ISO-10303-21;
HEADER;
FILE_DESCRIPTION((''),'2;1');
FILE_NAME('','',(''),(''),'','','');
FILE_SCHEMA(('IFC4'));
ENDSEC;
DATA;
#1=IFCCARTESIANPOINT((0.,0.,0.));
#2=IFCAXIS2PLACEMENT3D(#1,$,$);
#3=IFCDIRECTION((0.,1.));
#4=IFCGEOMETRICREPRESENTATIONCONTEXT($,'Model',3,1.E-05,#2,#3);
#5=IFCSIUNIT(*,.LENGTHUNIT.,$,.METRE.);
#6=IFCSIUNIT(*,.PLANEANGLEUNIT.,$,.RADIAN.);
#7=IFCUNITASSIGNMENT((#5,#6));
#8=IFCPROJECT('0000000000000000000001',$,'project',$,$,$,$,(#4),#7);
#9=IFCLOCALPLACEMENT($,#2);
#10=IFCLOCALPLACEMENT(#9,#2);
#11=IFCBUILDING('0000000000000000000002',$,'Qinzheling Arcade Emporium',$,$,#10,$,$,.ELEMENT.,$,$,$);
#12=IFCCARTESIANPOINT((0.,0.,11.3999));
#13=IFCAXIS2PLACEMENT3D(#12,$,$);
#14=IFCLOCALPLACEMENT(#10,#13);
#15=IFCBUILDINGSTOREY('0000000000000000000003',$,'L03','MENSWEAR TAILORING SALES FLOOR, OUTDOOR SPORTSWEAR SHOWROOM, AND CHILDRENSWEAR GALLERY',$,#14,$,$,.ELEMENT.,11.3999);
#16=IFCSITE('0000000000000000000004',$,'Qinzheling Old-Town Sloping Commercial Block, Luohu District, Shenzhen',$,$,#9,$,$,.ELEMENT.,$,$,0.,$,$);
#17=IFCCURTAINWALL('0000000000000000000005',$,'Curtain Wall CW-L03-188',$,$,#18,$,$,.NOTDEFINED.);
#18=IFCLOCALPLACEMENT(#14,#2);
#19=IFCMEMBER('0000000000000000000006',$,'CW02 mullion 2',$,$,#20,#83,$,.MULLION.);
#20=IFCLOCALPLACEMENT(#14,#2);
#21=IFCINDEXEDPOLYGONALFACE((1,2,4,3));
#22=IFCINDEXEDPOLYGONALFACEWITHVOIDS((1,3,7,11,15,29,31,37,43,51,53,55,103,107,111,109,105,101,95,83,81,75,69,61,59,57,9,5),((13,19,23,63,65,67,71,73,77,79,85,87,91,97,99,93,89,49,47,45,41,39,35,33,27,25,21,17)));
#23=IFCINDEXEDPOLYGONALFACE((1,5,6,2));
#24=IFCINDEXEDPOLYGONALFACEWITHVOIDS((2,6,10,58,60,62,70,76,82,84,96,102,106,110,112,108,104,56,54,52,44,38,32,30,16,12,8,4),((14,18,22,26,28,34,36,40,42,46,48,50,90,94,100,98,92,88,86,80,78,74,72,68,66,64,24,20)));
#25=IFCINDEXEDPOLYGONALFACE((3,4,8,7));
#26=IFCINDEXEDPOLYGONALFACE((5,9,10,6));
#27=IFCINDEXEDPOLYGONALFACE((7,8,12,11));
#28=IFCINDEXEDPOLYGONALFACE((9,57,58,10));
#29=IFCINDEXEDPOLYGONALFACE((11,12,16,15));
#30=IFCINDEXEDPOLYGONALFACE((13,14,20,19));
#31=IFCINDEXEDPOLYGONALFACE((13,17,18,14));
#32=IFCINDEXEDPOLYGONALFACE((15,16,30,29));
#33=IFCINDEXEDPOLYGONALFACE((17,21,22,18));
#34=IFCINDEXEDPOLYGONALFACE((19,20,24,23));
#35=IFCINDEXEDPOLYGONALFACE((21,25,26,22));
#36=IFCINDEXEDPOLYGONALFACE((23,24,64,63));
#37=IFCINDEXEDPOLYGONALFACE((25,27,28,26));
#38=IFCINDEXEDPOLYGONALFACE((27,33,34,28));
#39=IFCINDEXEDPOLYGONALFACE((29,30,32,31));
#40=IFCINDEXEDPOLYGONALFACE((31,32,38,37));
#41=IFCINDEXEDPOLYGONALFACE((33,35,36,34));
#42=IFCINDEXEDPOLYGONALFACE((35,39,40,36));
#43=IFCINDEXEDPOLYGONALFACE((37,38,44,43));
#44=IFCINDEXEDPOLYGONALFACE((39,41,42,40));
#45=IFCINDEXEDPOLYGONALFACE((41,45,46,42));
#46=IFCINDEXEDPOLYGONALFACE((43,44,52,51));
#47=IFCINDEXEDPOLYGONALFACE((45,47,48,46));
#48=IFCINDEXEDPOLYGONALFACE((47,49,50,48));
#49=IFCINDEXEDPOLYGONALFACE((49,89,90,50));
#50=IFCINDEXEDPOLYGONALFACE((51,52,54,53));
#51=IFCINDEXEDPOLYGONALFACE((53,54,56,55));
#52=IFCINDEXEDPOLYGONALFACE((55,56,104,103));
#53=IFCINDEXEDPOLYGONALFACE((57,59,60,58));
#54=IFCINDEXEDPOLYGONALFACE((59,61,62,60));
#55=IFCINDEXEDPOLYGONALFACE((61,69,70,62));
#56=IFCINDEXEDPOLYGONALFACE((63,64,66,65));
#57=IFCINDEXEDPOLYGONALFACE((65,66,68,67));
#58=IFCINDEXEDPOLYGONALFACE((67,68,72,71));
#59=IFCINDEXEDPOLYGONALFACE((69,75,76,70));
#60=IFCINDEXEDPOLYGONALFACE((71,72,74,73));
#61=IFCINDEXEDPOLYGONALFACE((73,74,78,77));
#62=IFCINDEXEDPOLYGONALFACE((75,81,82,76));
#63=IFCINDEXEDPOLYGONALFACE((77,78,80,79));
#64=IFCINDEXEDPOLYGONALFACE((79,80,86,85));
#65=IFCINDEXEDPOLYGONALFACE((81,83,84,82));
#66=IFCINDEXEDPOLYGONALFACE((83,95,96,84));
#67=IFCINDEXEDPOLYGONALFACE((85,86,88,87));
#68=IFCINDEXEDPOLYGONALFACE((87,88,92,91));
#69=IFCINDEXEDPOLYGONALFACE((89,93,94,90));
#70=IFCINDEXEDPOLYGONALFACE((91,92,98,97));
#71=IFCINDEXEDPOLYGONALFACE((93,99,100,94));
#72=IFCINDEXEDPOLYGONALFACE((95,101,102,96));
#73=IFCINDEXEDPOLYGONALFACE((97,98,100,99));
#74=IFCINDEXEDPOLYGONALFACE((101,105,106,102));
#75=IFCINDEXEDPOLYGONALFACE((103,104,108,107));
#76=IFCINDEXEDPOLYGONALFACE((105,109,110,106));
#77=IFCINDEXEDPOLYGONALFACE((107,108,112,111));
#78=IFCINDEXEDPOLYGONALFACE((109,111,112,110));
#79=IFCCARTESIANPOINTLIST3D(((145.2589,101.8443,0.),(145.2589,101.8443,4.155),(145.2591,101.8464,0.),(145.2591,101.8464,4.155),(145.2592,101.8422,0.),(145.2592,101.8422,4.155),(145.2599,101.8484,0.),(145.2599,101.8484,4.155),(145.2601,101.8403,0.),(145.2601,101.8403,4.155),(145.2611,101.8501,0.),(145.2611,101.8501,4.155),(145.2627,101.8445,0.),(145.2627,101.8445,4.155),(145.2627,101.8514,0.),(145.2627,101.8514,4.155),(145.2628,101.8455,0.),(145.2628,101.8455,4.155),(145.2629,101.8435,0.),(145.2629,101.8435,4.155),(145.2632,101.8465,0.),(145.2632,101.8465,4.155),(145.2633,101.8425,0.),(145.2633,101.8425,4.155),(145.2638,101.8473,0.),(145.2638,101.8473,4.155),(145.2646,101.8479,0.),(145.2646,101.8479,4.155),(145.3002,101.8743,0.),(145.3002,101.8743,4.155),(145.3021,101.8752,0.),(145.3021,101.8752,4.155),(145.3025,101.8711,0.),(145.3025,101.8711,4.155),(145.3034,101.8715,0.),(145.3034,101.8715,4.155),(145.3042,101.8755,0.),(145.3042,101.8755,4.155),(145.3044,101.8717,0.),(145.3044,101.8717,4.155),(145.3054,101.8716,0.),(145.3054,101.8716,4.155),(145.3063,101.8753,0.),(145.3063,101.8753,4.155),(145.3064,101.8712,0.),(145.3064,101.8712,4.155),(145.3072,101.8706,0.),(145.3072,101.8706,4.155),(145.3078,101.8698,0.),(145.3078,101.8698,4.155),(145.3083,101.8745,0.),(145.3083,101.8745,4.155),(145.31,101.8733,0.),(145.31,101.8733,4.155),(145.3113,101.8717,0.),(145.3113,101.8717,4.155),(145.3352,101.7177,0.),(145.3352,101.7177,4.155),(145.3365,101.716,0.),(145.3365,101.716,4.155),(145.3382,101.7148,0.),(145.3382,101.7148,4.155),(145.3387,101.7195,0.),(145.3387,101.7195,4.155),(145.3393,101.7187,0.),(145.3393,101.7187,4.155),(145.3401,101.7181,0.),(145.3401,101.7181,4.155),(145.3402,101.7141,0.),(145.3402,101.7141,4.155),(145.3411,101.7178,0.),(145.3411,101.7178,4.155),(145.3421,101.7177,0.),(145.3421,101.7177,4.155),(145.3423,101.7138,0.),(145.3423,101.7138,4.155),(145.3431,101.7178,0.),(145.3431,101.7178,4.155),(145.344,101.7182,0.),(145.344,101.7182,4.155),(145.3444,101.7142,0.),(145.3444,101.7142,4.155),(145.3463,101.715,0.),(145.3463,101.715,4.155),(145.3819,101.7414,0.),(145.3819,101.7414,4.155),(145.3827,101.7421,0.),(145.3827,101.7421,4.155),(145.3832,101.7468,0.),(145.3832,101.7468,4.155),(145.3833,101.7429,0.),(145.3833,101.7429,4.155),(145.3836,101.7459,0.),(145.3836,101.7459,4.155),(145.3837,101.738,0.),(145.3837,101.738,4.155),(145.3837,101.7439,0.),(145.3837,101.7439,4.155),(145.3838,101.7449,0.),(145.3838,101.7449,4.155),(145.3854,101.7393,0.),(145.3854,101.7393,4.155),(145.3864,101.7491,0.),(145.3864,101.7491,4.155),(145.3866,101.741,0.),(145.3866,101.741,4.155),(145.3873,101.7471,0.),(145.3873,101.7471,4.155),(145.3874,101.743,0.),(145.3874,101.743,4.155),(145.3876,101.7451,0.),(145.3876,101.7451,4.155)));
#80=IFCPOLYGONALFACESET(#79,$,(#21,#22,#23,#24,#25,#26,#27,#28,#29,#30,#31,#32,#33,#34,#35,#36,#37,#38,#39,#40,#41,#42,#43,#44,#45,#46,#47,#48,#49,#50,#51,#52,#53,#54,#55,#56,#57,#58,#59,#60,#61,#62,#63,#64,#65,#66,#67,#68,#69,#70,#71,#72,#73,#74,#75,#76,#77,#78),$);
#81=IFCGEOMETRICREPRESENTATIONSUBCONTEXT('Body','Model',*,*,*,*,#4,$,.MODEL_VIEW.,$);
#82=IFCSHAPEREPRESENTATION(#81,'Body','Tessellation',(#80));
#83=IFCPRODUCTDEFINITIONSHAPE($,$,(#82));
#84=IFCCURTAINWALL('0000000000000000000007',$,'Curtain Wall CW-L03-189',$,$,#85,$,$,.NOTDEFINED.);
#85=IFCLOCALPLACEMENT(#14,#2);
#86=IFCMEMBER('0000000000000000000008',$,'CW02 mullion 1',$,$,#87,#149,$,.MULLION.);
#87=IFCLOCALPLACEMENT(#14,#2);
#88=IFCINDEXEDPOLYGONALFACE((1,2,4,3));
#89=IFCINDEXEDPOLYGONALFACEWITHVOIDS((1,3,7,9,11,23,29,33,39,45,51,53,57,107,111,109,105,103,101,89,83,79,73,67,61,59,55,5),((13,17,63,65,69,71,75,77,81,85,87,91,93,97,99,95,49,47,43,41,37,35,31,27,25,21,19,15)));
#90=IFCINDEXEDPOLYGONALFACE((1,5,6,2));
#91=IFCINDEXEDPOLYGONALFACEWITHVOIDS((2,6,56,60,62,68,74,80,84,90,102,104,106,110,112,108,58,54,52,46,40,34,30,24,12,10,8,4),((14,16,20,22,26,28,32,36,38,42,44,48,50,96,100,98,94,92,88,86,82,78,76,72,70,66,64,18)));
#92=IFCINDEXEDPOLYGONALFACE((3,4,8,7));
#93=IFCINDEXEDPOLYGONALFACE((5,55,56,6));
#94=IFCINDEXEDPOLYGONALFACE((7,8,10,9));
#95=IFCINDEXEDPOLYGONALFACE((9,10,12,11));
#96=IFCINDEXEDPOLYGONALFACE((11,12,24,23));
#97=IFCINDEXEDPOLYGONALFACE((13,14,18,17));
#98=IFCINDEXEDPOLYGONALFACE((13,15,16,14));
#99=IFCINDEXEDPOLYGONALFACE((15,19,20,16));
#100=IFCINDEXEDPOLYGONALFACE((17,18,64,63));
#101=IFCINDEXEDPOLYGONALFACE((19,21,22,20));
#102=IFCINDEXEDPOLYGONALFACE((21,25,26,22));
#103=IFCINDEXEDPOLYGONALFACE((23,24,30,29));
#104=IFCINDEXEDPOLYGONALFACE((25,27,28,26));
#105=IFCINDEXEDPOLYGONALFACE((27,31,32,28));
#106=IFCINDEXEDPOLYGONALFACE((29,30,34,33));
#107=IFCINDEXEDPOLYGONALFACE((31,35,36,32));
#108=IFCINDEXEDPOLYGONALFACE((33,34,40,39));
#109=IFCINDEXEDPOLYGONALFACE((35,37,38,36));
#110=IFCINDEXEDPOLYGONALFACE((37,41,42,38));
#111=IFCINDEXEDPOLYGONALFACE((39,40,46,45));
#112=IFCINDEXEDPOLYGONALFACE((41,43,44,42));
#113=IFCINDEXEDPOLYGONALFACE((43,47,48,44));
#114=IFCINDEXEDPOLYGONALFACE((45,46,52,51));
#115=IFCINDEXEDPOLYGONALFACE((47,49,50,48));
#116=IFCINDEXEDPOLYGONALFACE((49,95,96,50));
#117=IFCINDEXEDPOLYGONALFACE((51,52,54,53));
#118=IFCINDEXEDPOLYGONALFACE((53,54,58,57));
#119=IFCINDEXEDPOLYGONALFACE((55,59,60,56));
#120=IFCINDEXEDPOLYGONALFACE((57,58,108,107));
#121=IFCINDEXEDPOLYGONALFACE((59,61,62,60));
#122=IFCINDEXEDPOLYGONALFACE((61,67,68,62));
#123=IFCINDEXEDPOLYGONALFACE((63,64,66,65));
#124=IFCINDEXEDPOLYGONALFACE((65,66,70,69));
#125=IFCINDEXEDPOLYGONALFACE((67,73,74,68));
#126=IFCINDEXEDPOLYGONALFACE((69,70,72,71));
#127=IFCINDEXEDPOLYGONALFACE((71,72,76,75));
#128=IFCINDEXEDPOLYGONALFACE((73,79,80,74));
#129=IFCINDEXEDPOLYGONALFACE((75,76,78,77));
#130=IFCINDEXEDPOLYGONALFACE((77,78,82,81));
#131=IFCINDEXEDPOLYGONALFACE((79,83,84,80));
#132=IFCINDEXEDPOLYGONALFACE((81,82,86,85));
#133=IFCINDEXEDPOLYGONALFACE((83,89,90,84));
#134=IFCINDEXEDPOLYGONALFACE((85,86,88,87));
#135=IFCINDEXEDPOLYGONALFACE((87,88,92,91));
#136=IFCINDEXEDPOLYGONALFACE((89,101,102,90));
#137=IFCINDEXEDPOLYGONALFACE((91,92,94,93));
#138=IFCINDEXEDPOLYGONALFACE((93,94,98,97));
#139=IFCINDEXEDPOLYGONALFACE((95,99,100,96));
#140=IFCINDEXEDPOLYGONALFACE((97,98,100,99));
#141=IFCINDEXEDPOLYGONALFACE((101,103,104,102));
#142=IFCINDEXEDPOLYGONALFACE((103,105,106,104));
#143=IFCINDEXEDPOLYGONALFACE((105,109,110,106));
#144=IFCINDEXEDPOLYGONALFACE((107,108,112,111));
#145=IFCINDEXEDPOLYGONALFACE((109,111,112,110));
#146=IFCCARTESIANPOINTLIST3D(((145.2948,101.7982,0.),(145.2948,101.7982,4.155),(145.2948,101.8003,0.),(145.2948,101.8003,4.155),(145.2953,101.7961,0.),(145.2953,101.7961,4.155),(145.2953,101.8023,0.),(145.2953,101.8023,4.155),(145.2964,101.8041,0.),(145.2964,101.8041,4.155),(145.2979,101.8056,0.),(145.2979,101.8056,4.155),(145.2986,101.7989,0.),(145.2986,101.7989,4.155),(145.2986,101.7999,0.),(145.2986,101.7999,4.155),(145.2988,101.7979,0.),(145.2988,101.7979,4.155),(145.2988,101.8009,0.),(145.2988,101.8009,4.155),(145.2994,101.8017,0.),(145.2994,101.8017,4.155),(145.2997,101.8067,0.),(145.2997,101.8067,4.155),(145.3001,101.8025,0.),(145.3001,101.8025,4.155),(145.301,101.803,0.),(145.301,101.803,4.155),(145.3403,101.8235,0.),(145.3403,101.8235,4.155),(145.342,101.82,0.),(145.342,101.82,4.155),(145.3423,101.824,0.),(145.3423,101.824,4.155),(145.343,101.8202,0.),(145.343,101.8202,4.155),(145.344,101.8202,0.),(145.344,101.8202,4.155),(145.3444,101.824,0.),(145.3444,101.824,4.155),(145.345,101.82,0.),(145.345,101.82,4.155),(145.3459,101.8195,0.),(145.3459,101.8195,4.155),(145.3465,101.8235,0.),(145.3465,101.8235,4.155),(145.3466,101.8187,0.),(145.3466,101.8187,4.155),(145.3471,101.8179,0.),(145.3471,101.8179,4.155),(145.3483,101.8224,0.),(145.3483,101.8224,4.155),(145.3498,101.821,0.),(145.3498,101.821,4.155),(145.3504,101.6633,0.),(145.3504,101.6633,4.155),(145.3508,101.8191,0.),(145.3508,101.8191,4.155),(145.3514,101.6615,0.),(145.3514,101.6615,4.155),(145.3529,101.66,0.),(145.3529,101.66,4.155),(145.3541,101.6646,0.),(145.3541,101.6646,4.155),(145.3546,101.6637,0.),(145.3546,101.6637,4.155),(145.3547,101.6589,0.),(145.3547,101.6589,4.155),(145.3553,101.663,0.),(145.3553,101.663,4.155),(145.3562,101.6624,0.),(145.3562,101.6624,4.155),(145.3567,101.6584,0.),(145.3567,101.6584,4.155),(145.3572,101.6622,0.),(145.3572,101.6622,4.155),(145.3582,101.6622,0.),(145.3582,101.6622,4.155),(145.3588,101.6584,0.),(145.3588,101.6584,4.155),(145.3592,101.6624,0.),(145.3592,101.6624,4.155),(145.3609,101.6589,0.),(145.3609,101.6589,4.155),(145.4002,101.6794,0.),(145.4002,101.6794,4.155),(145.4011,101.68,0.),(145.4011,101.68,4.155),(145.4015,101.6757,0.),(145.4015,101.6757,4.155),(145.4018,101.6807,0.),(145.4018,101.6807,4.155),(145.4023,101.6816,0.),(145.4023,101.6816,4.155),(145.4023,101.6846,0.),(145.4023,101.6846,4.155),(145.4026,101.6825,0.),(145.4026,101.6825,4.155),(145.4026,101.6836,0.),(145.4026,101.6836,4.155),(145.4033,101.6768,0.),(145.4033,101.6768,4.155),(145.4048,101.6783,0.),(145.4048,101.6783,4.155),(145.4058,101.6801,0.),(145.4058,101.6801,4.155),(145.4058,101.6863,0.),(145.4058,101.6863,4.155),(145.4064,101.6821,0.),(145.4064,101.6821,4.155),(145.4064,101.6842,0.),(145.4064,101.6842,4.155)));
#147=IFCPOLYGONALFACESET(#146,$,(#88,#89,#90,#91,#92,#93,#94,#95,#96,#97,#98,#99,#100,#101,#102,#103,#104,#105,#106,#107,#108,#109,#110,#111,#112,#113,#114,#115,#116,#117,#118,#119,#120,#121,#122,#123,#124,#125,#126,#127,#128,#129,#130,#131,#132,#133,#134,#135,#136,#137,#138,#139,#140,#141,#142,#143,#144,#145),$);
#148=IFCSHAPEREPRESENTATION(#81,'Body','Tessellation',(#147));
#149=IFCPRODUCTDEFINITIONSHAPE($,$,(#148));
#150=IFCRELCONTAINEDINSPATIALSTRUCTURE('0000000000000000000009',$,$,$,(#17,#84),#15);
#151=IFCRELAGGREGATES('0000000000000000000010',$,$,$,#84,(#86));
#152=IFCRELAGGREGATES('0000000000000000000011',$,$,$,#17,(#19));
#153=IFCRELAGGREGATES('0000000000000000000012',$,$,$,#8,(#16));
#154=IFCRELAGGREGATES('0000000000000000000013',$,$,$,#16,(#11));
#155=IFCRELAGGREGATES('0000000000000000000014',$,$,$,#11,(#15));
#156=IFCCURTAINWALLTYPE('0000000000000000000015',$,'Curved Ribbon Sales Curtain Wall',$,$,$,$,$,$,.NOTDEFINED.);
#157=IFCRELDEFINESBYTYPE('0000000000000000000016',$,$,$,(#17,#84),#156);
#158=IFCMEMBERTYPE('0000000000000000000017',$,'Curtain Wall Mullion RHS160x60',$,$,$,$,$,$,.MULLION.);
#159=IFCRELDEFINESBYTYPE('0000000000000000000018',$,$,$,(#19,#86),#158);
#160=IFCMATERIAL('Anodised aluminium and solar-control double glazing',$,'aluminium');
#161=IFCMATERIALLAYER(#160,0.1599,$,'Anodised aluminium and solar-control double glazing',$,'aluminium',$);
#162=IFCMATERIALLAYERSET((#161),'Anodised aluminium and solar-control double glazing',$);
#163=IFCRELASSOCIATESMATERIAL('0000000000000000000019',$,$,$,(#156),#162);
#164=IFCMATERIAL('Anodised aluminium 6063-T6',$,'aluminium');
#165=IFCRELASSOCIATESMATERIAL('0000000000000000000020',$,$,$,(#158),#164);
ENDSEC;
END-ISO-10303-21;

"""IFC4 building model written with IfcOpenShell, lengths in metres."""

from ifc_helpers import new_model, si_unit, direction, frame, origin, origin_2d, place, context, subcontext, project, spatial, hollow_rectangle, extrude, material, layer, layer_set, material_profile, profile_set, type_object, element, aggregate, save


model = new_model("IFC4")

# Units and contexts
model_context = context("Model", 3, precision=1e-05, world=origin(), true_north=direction((0.0, 1.0)))
body_context = subcontext(model_context, "Body", "Model", "MODEL_VIEW")
ifc_project = project(units=[si_unit("LENGTHUNIT", "METRE"), si_unit("PLANEANGLEUNIT", "RADIAN")], contexts=[model_context])

# Site, building, storey
site_placement = place(None, origin())
site = spatial("IfcSite", under=ifc_project, at=site_placement, Name="Qinzheling Old-Town Sloping Commercial Block, Luohu District, Shenzhen", CompositionType="ELEMENT", RefElevation=0.0)
building_placement = place(site_placement, origin())
building = spatial("IfcBuilding", under=site, at=building_placement, Name="Qinzheling Arcade Emporium", CompositionType="ELEMENT")
storey_placement = place(building_placement, frame((0.0, 0.0, 11.3999)))
storey = spatial("IfcBuildingStorey", under=building, at=storey_placement, Name="L03", Description="MENSWEAR TAILORING SALES FLOOR, OUTDOOR SPORTSWEAR SHOWROOM, AND CHILDRENSWEAR GALLERY", CompositionType="ELEMENT", Elevation=11.3999)

# Curtain wall, member
ifc_material_1 = material(Name="Anodised aluminium and solar-control double glazing", Category="aluminium")
ifc_layer_1 = layer(ifc_material_1, 0.1599, Name="Anodised aluminium and solar-control double glazing", Category="aluminium")
ifc_layer_set_1 = layer_set([ifc_layer_1], Name="Anodised aluminium and solar-control double glazing")
curtain_wall_type = type_object("IfcCurtainWallType", Name="Curved Ribbon Sales Curtain Wall", PredefinedType="NOTDEFINED", material=ifc_layer_set_1)
ifc_material_2 = material(Name="Anodised aluminium 6063-T6", Category="aluminium")
ifc_material_profile_1 = material_profile(ifc_material_2, hollow_rectangle(XDim=0.0601, YDim=0.1599, WallThickness=0.0039, InnerFilletRadius=0.0039, OuterFilletRadius=0.0081, at=origin_2d()), Name="RHS 160x60x4", Category="aluminium")
ifc_profile_set_1 = profile_set([ifc_material_profile_1], Name="Anodised aluminium 6063-T6")
member_type_1 = type_object("IfcMemberType", Name="Curtain Wall Mullion RHS160x60", PredefinedType="MULLION", material=ifc_profile_set_1)
curtain_wall_1_placement = place(storey_placement, origin())
curtain_wall_1 = element("IfcCurtainWall", 1, at=curtain_wall_1_placement, inside=storey, type_object=curtain_wall_type, Name="Curtain Wall CW-L03-188", PredefinedType="NOTDEFINED")
member_1_placement = place(storey_placement, frame((145.3232, 101.7947, 0.0), z_axis=(0.0, 0.0, 1.0), x_axis=(0.852684, 0.522428, 0.0)))
member_1 = element("IfcMember", 2, at=member_1_placement, type_object=member_type_1, Name="CW02 mullion 2", PredefinedType="MULLION", context=body_context, shape_type="SweptSolid", body=[
    extrude(hollow_rectangle(XDim=0.0601, YDim=0.1599, WallThickness=0.0039, InnerFilletRadius=0.0039, OuterFilletRadius=0.0081, at=origin_2d()), origin(), (0.0, 0.0, 1.0), 4.155),
])

# Curtain wall, member
curtain_wall_2_placement = place(storey_placement, origin())
curtain_wall_2 = element("IfcCurtainWall", 3, at=curtain_wall_2_placement, inside=storey, type_object=curtain_wall_type, Name="Curtain Wall CW-L03-189", PredefinedType="NOTDEFINED")
member_2_placement = place(storey_placement, frame((145.3506, 101.7412, 0.0), z_axis=(0.0, 0.0, 1.0), x_axis=(0.923901, 0.382631, 0.0)))
member_2 = element("IfcMember", 4, at=member_2_placement, type_object=member_type_1, Name="CW02 mullion 1", PredefinedType="MULLION", context=body_context, shape_type="SweptSolid", body=[
    extrude(hollow_rectangle(XDim=0.0601, YDim=0.1599, WallThickness=0.0039, InnerFilletRadius=0.0039, OuterFilletRadius=0.0081, at=origin_2d()), origin(), (0.0, 0.0, 1.0), 4.155),
])

aggregate(curtain_wall_2, [member_2])

aggregate(curtain_wall_1, [member_1])

save(model, "model.ifc")
